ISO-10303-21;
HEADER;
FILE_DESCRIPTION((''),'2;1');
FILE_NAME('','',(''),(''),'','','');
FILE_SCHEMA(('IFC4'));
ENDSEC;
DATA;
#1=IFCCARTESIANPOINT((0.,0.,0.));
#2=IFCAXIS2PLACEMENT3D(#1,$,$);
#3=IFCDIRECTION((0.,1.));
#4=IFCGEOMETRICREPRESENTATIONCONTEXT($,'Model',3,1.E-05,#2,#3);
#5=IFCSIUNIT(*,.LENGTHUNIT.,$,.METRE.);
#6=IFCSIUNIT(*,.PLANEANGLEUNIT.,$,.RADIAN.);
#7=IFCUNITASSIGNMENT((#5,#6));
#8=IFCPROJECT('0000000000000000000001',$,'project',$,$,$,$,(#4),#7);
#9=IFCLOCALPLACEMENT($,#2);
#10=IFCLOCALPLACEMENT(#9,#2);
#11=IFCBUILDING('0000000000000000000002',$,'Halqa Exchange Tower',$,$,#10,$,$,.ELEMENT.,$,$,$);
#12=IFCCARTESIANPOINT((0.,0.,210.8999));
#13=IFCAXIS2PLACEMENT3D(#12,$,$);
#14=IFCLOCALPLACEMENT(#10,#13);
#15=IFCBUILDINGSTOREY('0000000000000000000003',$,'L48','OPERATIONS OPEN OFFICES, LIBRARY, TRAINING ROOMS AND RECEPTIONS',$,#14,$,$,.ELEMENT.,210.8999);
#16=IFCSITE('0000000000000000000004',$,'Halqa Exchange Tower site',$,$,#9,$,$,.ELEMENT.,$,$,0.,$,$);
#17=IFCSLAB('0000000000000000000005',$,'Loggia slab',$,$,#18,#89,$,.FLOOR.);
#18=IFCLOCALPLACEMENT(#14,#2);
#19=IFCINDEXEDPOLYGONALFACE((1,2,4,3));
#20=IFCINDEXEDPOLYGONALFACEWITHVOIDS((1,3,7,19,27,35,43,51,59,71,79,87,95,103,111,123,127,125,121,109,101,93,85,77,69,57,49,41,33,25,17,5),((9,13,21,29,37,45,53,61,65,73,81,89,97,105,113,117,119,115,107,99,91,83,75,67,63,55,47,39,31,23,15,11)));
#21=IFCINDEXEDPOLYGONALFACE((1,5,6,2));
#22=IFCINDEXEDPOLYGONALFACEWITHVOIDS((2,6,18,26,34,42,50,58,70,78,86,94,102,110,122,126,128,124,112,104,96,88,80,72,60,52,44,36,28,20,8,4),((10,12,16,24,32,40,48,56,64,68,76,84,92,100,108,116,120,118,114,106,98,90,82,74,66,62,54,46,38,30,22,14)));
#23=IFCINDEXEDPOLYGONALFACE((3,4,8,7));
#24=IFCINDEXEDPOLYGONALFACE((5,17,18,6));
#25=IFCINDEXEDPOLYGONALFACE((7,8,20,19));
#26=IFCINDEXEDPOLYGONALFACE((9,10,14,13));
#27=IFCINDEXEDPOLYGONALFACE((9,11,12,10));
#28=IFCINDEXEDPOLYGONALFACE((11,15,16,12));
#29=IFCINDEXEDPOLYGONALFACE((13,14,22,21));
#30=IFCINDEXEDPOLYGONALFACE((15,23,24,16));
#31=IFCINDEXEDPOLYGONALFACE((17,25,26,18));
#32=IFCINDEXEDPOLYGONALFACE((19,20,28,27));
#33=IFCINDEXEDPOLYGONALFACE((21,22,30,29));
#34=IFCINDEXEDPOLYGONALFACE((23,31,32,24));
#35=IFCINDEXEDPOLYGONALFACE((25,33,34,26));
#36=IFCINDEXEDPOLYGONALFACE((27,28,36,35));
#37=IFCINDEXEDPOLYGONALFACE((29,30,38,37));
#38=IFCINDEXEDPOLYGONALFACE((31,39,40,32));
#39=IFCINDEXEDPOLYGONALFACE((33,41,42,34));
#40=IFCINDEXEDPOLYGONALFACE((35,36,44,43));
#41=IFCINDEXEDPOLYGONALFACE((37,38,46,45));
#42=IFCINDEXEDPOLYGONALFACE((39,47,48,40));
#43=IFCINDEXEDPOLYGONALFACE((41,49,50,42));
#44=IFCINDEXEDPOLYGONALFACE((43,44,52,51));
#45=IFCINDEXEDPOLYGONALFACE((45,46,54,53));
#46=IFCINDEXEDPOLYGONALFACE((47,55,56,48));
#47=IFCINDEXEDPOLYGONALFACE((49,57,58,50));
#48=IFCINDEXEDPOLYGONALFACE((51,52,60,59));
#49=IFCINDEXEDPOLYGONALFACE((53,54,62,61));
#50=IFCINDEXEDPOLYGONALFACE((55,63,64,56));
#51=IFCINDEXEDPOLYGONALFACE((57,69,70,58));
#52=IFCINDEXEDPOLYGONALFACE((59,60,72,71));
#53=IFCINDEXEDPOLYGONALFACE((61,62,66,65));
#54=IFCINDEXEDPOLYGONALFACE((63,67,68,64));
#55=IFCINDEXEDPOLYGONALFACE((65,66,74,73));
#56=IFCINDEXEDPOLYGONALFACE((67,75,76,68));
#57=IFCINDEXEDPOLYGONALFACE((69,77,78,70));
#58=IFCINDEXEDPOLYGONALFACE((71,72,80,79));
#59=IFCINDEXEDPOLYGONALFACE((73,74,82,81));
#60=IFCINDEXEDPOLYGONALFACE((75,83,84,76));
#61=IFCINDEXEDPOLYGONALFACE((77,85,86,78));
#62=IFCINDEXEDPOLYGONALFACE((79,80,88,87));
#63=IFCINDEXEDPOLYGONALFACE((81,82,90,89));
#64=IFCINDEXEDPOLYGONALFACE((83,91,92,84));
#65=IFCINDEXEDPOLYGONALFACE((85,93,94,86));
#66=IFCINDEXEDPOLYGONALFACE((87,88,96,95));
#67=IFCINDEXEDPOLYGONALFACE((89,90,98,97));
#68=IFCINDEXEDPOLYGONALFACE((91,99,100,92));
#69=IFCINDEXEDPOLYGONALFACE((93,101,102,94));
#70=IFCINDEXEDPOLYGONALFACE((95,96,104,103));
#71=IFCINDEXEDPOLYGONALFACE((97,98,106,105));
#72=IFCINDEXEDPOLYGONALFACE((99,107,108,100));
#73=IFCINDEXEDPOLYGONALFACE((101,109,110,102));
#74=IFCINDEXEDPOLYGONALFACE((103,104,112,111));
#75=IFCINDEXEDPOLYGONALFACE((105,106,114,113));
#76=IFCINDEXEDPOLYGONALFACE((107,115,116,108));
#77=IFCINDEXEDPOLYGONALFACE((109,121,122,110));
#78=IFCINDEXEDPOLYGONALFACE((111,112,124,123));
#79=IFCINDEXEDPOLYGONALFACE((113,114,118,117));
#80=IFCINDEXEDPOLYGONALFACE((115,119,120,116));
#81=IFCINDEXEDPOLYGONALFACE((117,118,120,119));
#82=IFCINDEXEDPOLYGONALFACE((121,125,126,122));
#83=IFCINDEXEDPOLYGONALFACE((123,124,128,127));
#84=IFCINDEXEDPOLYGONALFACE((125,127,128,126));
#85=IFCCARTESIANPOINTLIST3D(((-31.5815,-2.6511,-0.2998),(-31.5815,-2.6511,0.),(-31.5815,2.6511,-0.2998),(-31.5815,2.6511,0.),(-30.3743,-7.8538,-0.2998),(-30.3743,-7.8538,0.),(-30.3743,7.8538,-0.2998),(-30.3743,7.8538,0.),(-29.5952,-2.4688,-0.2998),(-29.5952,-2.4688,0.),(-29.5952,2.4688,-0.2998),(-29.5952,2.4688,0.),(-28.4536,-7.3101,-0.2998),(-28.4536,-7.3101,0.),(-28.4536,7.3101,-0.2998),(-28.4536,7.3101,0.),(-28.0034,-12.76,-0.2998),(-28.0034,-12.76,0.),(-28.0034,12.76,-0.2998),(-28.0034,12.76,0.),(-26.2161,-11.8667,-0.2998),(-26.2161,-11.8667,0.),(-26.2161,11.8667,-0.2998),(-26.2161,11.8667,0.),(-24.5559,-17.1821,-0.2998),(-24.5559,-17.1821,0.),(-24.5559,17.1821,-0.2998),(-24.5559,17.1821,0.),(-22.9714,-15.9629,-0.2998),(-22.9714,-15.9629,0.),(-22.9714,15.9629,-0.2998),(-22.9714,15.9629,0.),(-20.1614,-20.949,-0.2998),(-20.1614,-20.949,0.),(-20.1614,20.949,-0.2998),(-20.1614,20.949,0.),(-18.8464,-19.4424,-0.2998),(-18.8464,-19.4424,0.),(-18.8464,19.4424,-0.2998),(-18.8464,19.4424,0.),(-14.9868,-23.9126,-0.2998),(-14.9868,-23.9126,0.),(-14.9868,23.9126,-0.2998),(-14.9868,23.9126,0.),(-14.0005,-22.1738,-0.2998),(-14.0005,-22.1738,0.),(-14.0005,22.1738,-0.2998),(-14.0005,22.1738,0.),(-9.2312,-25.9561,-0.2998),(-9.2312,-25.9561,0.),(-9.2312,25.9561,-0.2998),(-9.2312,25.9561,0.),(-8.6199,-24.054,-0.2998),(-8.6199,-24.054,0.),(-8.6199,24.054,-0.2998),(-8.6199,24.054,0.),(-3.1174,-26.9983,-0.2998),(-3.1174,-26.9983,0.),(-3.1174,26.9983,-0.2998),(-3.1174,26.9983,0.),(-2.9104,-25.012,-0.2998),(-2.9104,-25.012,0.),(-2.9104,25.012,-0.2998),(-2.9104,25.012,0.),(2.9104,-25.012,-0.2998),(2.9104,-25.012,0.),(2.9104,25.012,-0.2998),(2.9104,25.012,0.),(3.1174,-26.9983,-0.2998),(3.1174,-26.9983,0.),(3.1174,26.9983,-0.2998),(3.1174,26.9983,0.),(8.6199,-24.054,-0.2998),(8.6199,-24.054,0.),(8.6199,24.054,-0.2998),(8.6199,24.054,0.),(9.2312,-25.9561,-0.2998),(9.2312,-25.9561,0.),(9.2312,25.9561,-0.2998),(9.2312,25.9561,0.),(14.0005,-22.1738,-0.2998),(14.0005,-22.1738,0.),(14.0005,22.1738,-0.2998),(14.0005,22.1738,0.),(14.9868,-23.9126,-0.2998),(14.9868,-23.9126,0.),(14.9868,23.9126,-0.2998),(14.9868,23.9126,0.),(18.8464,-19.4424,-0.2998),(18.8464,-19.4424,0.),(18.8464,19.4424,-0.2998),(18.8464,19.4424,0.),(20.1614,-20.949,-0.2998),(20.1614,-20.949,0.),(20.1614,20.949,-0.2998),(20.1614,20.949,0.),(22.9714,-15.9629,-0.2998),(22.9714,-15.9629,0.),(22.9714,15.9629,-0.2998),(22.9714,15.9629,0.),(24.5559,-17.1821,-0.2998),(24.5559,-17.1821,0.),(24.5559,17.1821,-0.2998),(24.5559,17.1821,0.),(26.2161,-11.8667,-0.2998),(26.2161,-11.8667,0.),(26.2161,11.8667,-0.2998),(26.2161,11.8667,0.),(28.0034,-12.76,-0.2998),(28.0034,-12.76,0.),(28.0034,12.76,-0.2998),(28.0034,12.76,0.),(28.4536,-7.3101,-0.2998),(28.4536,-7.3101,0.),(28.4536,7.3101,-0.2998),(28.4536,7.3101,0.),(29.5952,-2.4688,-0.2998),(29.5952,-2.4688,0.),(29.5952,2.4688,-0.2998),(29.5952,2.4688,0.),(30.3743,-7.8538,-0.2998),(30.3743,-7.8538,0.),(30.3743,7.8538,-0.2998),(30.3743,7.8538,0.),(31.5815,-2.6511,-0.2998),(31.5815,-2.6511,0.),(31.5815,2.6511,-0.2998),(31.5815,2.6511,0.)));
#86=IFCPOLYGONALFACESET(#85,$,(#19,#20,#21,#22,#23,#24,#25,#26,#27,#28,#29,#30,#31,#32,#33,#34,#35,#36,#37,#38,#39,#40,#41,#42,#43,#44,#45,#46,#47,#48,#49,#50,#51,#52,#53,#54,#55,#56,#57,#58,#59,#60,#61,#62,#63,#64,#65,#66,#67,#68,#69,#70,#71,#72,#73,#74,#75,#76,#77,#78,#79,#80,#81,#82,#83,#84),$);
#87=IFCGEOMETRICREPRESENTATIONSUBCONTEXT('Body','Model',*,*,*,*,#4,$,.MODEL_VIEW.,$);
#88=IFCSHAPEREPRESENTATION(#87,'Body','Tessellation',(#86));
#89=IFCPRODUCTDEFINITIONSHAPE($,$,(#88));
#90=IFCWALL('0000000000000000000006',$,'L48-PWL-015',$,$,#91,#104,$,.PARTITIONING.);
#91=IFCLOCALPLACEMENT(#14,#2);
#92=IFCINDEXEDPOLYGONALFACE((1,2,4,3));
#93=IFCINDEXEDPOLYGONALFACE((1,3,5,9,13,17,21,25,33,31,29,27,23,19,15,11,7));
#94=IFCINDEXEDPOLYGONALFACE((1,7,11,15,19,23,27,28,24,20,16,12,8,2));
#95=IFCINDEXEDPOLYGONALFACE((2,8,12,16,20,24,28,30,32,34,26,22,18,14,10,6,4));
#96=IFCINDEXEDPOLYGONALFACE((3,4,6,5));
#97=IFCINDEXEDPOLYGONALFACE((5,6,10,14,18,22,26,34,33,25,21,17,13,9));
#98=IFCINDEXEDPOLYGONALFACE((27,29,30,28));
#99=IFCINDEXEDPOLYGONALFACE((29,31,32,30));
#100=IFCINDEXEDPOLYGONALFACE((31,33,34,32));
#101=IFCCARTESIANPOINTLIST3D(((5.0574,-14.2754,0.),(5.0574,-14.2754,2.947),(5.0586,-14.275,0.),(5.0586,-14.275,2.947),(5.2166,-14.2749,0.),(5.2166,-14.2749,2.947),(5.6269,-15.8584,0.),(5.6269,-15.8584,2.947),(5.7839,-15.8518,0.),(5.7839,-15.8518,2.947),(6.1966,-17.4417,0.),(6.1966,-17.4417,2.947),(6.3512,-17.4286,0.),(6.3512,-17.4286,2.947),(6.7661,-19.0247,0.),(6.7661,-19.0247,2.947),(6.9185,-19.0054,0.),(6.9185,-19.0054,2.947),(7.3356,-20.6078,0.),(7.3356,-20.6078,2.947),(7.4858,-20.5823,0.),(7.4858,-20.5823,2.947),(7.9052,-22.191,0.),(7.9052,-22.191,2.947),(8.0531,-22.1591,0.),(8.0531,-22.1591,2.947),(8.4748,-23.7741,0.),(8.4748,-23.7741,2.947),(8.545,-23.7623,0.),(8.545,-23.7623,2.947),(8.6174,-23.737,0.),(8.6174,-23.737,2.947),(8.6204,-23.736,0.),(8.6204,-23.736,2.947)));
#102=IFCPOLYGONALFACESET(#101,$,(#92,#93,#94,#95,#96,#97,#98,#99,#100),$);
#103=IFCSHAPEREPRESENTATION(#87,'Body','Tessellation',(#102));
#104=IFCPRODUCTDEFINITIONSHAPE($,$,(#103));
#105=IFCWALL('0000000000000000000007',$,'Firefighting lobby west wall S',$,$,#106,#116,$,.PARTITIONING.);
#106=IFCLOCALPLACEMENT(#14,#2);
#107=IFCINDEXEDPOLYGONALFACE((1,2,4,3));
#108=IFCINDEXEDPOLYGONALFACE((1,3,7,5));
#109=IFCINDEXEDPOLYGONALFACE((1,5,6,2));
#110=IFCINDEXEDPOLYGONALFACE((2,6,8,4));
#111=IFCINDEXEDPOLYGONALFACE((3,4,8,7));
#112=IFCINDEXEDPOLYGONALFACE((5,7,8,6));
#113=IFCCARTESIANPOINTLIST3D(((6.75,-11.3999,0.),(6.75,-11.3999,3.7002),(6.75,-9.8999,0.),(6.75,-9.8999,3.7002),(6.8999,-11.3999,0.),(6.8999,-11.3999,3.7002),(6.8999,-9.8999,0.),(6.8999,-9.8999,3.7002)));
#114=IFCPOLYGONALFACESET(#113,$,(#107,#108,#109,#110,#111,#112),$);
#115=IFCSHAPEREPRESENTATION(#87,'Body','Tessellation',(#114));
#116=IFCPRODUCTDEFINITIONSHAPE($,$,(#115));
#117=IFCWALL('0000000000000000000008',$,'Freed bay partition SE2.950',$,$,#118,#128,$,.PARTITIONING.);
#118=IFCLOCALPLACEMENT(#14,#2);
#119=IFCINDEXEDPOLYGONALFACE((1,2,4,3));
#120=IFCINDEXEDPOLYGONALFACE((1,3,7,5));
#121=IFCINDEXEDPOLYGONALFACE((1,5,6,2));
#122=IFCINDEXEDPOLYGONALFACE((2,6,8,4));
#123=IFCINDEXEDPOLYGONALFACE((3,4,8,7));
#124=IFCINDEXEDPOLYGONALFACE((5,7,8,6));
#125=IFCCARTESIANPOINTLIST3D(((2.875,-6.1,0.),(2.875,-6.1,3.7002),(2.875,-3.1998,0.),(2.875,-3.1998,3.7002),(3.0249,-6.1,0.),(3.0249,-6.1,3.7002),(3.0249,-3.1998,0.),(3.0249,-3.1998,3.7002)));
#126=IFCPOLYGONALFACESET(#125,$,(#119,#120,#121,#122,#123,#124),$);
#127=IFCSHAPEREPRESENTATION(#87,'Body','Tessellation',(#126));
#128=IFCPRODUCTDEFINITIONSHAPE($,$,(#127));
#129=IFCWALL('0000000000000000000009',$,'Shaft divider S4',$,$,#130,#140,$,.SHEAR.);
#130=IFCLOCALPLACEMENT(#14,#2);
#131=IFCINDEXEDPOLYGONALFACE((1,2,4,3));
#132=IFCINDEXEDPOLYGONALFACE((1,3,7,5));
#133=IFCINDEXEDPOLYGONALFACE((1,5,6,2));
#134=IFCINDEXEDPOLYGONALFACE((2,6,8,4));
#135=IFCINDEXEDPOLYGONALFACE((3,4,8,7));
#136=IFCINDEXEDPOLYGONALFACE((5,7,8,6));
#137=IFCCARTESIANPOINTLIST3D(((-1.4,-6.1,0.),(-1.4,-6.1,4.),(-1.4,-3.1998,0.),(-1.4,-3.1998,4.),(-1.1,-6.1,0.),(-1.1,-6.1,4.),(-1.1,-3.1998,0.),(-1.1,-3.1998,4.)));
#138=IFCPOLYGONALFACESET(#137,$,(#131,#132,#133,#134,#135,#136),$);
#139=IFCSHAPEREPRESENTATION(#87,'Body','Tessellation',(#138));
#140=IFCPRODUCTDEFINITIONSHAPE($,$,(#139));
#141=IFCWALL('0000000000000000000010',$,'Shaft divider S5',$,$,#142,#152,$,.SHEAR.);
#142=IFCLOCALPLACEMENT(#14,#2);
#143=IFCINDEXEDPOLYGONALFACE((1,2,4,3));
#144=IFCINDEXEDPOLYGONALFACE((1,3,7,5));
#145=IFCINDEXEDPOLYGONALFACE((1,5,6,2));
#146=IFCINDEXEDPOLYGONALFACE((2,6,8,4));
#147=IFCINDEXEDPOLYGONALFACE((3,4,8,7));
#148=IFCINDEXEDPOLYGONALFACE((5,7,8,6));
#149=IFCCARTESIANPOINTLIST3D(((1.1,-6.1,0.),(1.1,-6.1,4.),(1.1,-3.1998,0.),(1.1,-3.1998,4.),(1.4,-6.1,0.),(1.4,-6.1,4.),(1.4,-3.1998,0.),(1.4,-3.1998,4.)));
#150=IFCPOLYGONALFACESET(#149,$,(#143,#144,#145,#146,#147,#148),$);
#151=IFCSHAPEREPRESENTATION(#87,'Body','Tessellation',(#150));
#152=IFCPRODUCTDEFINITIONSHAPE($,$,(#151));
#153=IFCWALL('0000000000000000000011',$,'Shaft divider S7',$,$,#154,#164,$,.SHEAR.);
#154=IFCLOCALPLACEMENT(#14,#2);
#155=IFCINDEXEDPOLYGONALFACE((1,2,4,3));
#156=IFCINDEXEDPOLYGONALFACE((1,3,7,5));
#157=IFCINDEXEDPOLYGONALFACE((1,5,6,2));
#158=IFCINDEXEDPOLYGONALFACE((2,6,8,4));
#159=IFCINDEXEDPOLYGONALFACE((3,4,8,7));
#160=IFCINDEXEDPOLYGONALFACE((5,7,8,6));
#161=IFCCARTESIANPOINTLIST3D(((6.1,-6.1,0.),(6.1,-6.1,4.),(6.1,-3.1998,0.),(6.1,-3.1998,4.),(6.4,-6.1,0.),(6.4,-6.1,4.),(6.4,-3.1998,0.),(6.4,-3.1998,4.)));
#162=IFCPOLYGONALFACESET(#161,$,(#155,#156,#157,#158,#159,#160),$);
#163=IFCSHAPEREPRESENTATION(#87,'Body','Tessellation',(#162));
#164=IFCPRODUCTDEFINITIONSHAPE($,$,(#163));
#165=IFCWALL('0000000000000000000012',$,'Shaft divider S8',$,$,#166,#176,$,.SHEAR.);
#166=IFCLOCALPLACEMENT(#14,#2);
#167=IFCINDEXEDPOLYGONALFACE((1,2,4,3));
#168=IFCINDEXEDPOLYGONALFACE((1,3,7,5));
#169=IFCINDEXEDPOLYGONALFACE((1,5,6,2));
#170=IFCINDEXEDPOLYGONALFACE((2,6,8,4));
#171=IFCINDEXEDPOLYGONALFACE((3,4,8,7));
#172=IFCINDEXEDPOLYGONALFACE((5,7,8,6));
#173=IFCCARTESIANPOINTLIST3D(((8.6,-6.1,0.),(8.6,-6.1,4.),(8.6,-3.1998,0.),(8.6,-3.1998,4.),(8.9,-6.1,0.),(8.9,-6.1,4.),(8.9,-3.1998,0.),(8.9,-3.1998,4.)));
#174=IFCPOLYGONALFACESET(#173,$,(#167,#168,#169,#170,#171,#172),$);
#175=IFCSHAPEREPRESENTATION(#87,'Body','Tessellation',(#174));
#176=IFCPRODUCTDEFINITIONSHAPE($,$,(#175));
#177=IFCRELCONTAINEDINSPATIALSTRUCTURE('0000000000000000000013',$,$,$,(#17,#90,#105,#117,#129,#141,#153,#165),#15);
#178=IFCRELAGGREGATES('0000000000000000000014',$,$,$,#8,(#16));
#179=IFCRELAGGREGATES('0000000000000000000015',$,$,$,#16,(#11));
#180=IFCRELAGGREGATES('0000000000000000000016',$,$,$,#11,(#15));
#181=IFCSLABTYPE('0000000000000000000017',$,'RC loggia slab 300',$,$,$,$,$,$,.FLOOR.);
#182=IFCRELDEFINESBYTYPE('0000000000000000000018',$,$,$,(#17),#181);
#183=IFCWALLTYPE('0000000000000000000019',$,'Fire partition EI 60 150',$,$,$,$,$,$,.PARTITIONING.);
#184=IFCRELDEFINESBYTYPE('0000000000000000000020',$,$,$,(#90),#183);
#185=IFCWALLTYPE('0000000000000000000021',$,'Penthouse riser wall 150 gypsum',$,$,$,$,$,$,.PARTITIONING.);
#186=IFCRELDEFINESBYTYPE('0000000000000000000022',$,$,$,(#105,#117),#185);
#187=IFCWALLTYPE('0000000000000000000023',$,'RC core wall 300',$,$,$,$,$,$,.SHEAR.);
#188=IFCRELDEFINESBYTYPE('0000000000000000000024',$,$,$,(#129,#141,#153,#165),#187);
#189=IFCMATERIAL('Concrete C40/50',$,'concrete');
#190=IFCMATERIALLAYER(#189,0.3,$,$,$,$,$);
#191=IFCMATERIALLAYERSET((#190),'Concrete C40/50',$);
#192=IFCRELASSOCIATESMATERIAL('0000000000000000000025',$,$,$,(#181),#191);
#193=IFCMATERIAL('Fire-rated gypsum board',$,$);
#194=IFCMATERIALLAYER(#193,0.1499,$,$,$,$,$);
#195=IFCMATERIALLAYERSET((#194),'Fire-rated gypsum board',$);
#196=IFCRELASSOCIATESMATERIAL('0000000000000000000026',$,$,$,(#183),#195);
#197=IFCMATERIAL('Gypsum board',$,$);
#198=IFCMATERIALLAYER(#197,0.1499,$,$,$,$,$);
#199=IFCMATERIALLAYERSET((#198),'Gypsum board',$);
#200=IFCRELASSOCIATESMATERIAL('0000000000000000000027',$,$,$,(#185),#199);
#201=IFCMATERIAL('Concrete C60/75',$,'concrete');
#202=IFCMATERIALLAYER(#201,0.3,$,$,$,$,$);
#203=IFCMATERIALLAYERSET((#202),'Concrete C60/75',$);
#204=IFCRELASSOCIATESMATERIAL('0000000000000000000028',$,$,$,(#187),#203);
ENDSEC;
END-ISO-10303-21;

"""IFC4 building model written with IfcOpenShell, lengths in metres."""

from ifc_helpers import new_model, si_unit, direction, frame, frame_2d, origin, place, context, subcontext, project, spatial, polyline, rectangle, outline, extrude, material, layer, layer_set, type_object, element, save


model = new_model("IFC4")

# Units and contexts
model_context = context("Model", 3, precision=1e-05, world=origin(), true_north=direction((0.0, 1.0)))
body_context = subcontext(model_context, "Body", "Model", "MODEL_VIEW")
ifc_project = project(units=[si_unit("LENGTHUNIT", "METRE"), si_unit("PLANEANGLEUNIT", "RADIAN")], contexts=[model_context])

# Site, building, storey
site_placement = place(None, origin())
site = spatial("IfcSite", under=ifc_project, at=site_placement, Name="Halqa Exchange Tower site", CompositionType="ELEMENT", RefElevation=0.0)
building_placement = place(site_placement, origin())
building = spatial("IfcBuilding", under=site, at=building_placement, Name="Halqa Exchange Tower", CompositionType="ELEMENT")
storey_placement = place(building_placement, frame((0.0, 0.0, 210.8999)))
storey = spatial("IfcBuildingStorey", under=building, at=storey_placement, Name="L48", Description="OPERATIONS OPEN OFFICES, LIBRARY, TRAINING ROOMS AND RECEPTIONS", CompositionType="ELEMENT", Elevation=210.8999)

# Shared definitions
ifc_material_1 = material(Name="Concrete C60/75", Category="concrete")

# Slab
ifc_material_2 = material(Name="Concrete C40/50", Category="concrete")
ifc_layer_1 = layer(ifc_material_2, 0.3)
ifc_layer_set_1 = layer_set([ifc_layer_1], Name="Concrete C40/50")
slab_type_1 = type_object("IfcSlabType", Name="RC loggia slab 300", PredefinedType="FLOOR", material=ifc_layer_set_1)
slab_1_placement = place(storey_placement, frame((0.0, 0.0, -0.2998)))
element("IfcSlab", 1, at=slab_1_placement, inside=storey, type_object=slab_type_1, Name="Loggia slab", PredefinedType="FLOOR", context=body_context, shape_type="SweptSolid", body=[
    extrude(outline(polyline([(31.5815, 2.6511), (31.5815, -2.6511), (30.3743, -7.8538), (28.0034, -12.76), (24.5559, -17.1821), (20.1614, -20.949), (14.9868, -23.9126), (9.2312, -25.9561), (3.1174, -26.9983), (-3.1174, -26.9983), (-9.2312, -25.9561), (-14.9868, -23.9126), (-20.1614, -20.949), (-24.5559, -17.1821), (-28.0034, -12.76), (-30.3743, -7.8538), (-31.5815, -2.6511), (-31.5815, 2.6511), (-30.3743, 7.8538), (-28.0034, 12.76), (-24.5559, 17.1821), (-20.1614, 20.949), (-14.9868, 23.9126), (-9.2312, 25.9561), (-3.1174, 26.9983), (3.1174, 26.9983), (9.2312, 25.9561), (14.9868, 23.9126), (20.1614, 20.949), (24.5559, 17.1821), (28.0034, 12.76), (30.3743, 7.8538), (31.5815, 2.6511)]), holes=[polyline([(29.5952, 2.4688), (28.4536, 7.3101), (26.2161, 11.8667), (22.9714, 15.9629), (18.8464, 19.4424), (14.0005, 22.1738), (8.6199, 24.054), (2.9104, 25.012), (-2.9104, 25.012), (-8.6199, 24.054), (-14.0005, 22.1738), (-18.8464, 19.4424), (-22.9714, 15.9629), (-26.2161, 11.8667), (-28.4536, 7.3101), (-29.5952, 2.4688), (-29.5952, -2.4688), (-28.4536, -7.3101), (-26.2161, -11.8667), (-22.9714, -15.9629), (-18.8464, -19.4424), (-14.0005, -22.1738), (-8.6199, -24.054), (-2.9104, -25.012), (2.9104, -25.012), (8.6199, -24.054), (14.0005, -22.1738), (18.8464, -19.4424), (22.9714, -15.9629), (26.2161, -11.8667), (28.4536, -7.3101), (29.5952, -2.4688), (29.5952, 2.4688)])]), origin(), (0.0, 0.0, 1.0), 0.2998),
])

# Walls
ifc_material_3 = material(Name="Fire-rated gypsum board")
ifc_layer_2 = layer(ifc_material_3, 0.1499)
ifc_layer_set_2 = layer_set([ifc_layer_2], Name="Fire-rated gypsum board")
wall_type_1 = type_object("IfcWallType", Name="Fire partition EI 60 150", PredefinedType="PARTITIONING", material=ifc_layer_set_2)
wall_1_placement = place(storey_placement, frame((5.1279, -14.25, 0.0), z_axis=(0.0, 0.0, 1.0), x_axis=(0.33853, -0.940956, 0.0)))
element("IfcWall", 2, at=wall_1_placement, inside=storey, type_object=wall_type_1, Name="L48-PWL-015", PredefinedType="PARTITIONING", context=body_context, shape_type="SweptSolid", body=[
    extrude(outline(polyline([(0.0, -0.075), (1.6824, -0.075), (3.365, -0.075), (5.0474, -0.075), (6.7297, -0.075), (8.4124, -0.075), (10.0947, -0.075), (10.1074, -0.0049), (10.1082, 0.0718), (10.1082, 0.075), (8.4324, 0.075), (6.7566, 0.075), (5.0808, 0.075), (3.405, 0.075), (1.7292, 0.075), (0.0535, 0.075), (0.0, -0.0737), (0.0, -0.075)])), origin(), (0.0, 0.0, 1.0), 2.947),
])
ifc_material_4 = material(Name="Gypsum board")
ifc_layer_3 = layer(ifc_material_4, 0.1499)
ifc_layer_set_3 = layer_set([ifc_layer_3], Name="Gypsum board")
wall_type_2 = type_object("IfcWallType", Name="Penthouse riser wall 150 gypsum", PredefinedType="PARTITIONING", material=ifc_layer_set_3)
wall_2_placement = place(storey_placement, frame((6.825, -11.3999, 0.0), z_axis=(0.0, 0.0, 1.0), x_axis=(0.0, 1.0, 0.0)))
element("IfcWall", 3, at=wall_2_placement, inside=storey, type_object=wall_type_2, Name="Firefighting lobby west wall S", PredefinedType="PARTITIONING", context=body_context, shape_type="SweptSolid", body=[
    extrude(rectangle(XDim=1.5, YDim=0.1499, at=frame_2d((0.75, 0.0))), origin(), (0.0, 0.0, 1.0), 3.7002),
])
wall_3_placement = place(storey_placement, frame((2.95, -6.1001, 0.0), z_axis=(0.0, 0.0, 1.0), x_axis=(0.0, 1.0, 0.0)))
element("IfcWall", 4, at=wall_3_placement, inside=storey, type_object=wall_type_2, Name="Freed bay partition SE2.950", PredefinedType="PARTITIONING", context=body_context, shape_type="SweptSolid", body=[
    extrude(rectangle(XDim=2.9001, YDim=0.1499, at=frame_2d((1.4502, 0.0))), origin(), (0.0, 0.0, 1.0), 3.7002),
])
ifc_layer_4 = layer(ifc_material_1, 0.3)
ifc_layer_set_4 = layer_set([ifc_layer_4], Name="Concrete C60/75")
wall_type_3 = type_object("IfcWallType", Name="RC core wall 300", PredefinedType="SHEAR", material=ifc_layer_set_4)
for number, where, z_axis, x_axis, name in (
    (5, (-1.25, -6.1001, 0.0), (0.0, 0.0, 1.0), (0.0, 1.0, 0.0), "Shaft divider S4"),
    (6, (1.25, -6.1001, 0.0), (0.0, 0.0, 1.0), (0.0, 1.0, 0.0), "Shaft divider S5"),
    (7, (6.25, -6.1001, 0.0), (0.0, 0.0, 1.0), (0.0, 1.0, 0.0), "Shaft divider S7"),
    (8, (8.75, -6.1001, 0.0), (0.0, 0.0, 1.0), (0.0, 1.0, 0.0), "Shaft divider S8"),
):
    element("IfcWall", number, at=place(storey_placement, frame(where, z_axis=z_axis, x_axis=x_axis)), inside=storey, type_object=wall_type_3, Name=name, PredefinedType="SHEAR", context=body_context, shape_type="SweptSolid", body=[
        extrude(rectangle(XDim=2.9001, YDim=0.3, at=frame_2d((1.4502, 0.0))), origin(), (0.0, 0.0, 1.0), 4.0),
    ])

save(model, "model.ifc")
